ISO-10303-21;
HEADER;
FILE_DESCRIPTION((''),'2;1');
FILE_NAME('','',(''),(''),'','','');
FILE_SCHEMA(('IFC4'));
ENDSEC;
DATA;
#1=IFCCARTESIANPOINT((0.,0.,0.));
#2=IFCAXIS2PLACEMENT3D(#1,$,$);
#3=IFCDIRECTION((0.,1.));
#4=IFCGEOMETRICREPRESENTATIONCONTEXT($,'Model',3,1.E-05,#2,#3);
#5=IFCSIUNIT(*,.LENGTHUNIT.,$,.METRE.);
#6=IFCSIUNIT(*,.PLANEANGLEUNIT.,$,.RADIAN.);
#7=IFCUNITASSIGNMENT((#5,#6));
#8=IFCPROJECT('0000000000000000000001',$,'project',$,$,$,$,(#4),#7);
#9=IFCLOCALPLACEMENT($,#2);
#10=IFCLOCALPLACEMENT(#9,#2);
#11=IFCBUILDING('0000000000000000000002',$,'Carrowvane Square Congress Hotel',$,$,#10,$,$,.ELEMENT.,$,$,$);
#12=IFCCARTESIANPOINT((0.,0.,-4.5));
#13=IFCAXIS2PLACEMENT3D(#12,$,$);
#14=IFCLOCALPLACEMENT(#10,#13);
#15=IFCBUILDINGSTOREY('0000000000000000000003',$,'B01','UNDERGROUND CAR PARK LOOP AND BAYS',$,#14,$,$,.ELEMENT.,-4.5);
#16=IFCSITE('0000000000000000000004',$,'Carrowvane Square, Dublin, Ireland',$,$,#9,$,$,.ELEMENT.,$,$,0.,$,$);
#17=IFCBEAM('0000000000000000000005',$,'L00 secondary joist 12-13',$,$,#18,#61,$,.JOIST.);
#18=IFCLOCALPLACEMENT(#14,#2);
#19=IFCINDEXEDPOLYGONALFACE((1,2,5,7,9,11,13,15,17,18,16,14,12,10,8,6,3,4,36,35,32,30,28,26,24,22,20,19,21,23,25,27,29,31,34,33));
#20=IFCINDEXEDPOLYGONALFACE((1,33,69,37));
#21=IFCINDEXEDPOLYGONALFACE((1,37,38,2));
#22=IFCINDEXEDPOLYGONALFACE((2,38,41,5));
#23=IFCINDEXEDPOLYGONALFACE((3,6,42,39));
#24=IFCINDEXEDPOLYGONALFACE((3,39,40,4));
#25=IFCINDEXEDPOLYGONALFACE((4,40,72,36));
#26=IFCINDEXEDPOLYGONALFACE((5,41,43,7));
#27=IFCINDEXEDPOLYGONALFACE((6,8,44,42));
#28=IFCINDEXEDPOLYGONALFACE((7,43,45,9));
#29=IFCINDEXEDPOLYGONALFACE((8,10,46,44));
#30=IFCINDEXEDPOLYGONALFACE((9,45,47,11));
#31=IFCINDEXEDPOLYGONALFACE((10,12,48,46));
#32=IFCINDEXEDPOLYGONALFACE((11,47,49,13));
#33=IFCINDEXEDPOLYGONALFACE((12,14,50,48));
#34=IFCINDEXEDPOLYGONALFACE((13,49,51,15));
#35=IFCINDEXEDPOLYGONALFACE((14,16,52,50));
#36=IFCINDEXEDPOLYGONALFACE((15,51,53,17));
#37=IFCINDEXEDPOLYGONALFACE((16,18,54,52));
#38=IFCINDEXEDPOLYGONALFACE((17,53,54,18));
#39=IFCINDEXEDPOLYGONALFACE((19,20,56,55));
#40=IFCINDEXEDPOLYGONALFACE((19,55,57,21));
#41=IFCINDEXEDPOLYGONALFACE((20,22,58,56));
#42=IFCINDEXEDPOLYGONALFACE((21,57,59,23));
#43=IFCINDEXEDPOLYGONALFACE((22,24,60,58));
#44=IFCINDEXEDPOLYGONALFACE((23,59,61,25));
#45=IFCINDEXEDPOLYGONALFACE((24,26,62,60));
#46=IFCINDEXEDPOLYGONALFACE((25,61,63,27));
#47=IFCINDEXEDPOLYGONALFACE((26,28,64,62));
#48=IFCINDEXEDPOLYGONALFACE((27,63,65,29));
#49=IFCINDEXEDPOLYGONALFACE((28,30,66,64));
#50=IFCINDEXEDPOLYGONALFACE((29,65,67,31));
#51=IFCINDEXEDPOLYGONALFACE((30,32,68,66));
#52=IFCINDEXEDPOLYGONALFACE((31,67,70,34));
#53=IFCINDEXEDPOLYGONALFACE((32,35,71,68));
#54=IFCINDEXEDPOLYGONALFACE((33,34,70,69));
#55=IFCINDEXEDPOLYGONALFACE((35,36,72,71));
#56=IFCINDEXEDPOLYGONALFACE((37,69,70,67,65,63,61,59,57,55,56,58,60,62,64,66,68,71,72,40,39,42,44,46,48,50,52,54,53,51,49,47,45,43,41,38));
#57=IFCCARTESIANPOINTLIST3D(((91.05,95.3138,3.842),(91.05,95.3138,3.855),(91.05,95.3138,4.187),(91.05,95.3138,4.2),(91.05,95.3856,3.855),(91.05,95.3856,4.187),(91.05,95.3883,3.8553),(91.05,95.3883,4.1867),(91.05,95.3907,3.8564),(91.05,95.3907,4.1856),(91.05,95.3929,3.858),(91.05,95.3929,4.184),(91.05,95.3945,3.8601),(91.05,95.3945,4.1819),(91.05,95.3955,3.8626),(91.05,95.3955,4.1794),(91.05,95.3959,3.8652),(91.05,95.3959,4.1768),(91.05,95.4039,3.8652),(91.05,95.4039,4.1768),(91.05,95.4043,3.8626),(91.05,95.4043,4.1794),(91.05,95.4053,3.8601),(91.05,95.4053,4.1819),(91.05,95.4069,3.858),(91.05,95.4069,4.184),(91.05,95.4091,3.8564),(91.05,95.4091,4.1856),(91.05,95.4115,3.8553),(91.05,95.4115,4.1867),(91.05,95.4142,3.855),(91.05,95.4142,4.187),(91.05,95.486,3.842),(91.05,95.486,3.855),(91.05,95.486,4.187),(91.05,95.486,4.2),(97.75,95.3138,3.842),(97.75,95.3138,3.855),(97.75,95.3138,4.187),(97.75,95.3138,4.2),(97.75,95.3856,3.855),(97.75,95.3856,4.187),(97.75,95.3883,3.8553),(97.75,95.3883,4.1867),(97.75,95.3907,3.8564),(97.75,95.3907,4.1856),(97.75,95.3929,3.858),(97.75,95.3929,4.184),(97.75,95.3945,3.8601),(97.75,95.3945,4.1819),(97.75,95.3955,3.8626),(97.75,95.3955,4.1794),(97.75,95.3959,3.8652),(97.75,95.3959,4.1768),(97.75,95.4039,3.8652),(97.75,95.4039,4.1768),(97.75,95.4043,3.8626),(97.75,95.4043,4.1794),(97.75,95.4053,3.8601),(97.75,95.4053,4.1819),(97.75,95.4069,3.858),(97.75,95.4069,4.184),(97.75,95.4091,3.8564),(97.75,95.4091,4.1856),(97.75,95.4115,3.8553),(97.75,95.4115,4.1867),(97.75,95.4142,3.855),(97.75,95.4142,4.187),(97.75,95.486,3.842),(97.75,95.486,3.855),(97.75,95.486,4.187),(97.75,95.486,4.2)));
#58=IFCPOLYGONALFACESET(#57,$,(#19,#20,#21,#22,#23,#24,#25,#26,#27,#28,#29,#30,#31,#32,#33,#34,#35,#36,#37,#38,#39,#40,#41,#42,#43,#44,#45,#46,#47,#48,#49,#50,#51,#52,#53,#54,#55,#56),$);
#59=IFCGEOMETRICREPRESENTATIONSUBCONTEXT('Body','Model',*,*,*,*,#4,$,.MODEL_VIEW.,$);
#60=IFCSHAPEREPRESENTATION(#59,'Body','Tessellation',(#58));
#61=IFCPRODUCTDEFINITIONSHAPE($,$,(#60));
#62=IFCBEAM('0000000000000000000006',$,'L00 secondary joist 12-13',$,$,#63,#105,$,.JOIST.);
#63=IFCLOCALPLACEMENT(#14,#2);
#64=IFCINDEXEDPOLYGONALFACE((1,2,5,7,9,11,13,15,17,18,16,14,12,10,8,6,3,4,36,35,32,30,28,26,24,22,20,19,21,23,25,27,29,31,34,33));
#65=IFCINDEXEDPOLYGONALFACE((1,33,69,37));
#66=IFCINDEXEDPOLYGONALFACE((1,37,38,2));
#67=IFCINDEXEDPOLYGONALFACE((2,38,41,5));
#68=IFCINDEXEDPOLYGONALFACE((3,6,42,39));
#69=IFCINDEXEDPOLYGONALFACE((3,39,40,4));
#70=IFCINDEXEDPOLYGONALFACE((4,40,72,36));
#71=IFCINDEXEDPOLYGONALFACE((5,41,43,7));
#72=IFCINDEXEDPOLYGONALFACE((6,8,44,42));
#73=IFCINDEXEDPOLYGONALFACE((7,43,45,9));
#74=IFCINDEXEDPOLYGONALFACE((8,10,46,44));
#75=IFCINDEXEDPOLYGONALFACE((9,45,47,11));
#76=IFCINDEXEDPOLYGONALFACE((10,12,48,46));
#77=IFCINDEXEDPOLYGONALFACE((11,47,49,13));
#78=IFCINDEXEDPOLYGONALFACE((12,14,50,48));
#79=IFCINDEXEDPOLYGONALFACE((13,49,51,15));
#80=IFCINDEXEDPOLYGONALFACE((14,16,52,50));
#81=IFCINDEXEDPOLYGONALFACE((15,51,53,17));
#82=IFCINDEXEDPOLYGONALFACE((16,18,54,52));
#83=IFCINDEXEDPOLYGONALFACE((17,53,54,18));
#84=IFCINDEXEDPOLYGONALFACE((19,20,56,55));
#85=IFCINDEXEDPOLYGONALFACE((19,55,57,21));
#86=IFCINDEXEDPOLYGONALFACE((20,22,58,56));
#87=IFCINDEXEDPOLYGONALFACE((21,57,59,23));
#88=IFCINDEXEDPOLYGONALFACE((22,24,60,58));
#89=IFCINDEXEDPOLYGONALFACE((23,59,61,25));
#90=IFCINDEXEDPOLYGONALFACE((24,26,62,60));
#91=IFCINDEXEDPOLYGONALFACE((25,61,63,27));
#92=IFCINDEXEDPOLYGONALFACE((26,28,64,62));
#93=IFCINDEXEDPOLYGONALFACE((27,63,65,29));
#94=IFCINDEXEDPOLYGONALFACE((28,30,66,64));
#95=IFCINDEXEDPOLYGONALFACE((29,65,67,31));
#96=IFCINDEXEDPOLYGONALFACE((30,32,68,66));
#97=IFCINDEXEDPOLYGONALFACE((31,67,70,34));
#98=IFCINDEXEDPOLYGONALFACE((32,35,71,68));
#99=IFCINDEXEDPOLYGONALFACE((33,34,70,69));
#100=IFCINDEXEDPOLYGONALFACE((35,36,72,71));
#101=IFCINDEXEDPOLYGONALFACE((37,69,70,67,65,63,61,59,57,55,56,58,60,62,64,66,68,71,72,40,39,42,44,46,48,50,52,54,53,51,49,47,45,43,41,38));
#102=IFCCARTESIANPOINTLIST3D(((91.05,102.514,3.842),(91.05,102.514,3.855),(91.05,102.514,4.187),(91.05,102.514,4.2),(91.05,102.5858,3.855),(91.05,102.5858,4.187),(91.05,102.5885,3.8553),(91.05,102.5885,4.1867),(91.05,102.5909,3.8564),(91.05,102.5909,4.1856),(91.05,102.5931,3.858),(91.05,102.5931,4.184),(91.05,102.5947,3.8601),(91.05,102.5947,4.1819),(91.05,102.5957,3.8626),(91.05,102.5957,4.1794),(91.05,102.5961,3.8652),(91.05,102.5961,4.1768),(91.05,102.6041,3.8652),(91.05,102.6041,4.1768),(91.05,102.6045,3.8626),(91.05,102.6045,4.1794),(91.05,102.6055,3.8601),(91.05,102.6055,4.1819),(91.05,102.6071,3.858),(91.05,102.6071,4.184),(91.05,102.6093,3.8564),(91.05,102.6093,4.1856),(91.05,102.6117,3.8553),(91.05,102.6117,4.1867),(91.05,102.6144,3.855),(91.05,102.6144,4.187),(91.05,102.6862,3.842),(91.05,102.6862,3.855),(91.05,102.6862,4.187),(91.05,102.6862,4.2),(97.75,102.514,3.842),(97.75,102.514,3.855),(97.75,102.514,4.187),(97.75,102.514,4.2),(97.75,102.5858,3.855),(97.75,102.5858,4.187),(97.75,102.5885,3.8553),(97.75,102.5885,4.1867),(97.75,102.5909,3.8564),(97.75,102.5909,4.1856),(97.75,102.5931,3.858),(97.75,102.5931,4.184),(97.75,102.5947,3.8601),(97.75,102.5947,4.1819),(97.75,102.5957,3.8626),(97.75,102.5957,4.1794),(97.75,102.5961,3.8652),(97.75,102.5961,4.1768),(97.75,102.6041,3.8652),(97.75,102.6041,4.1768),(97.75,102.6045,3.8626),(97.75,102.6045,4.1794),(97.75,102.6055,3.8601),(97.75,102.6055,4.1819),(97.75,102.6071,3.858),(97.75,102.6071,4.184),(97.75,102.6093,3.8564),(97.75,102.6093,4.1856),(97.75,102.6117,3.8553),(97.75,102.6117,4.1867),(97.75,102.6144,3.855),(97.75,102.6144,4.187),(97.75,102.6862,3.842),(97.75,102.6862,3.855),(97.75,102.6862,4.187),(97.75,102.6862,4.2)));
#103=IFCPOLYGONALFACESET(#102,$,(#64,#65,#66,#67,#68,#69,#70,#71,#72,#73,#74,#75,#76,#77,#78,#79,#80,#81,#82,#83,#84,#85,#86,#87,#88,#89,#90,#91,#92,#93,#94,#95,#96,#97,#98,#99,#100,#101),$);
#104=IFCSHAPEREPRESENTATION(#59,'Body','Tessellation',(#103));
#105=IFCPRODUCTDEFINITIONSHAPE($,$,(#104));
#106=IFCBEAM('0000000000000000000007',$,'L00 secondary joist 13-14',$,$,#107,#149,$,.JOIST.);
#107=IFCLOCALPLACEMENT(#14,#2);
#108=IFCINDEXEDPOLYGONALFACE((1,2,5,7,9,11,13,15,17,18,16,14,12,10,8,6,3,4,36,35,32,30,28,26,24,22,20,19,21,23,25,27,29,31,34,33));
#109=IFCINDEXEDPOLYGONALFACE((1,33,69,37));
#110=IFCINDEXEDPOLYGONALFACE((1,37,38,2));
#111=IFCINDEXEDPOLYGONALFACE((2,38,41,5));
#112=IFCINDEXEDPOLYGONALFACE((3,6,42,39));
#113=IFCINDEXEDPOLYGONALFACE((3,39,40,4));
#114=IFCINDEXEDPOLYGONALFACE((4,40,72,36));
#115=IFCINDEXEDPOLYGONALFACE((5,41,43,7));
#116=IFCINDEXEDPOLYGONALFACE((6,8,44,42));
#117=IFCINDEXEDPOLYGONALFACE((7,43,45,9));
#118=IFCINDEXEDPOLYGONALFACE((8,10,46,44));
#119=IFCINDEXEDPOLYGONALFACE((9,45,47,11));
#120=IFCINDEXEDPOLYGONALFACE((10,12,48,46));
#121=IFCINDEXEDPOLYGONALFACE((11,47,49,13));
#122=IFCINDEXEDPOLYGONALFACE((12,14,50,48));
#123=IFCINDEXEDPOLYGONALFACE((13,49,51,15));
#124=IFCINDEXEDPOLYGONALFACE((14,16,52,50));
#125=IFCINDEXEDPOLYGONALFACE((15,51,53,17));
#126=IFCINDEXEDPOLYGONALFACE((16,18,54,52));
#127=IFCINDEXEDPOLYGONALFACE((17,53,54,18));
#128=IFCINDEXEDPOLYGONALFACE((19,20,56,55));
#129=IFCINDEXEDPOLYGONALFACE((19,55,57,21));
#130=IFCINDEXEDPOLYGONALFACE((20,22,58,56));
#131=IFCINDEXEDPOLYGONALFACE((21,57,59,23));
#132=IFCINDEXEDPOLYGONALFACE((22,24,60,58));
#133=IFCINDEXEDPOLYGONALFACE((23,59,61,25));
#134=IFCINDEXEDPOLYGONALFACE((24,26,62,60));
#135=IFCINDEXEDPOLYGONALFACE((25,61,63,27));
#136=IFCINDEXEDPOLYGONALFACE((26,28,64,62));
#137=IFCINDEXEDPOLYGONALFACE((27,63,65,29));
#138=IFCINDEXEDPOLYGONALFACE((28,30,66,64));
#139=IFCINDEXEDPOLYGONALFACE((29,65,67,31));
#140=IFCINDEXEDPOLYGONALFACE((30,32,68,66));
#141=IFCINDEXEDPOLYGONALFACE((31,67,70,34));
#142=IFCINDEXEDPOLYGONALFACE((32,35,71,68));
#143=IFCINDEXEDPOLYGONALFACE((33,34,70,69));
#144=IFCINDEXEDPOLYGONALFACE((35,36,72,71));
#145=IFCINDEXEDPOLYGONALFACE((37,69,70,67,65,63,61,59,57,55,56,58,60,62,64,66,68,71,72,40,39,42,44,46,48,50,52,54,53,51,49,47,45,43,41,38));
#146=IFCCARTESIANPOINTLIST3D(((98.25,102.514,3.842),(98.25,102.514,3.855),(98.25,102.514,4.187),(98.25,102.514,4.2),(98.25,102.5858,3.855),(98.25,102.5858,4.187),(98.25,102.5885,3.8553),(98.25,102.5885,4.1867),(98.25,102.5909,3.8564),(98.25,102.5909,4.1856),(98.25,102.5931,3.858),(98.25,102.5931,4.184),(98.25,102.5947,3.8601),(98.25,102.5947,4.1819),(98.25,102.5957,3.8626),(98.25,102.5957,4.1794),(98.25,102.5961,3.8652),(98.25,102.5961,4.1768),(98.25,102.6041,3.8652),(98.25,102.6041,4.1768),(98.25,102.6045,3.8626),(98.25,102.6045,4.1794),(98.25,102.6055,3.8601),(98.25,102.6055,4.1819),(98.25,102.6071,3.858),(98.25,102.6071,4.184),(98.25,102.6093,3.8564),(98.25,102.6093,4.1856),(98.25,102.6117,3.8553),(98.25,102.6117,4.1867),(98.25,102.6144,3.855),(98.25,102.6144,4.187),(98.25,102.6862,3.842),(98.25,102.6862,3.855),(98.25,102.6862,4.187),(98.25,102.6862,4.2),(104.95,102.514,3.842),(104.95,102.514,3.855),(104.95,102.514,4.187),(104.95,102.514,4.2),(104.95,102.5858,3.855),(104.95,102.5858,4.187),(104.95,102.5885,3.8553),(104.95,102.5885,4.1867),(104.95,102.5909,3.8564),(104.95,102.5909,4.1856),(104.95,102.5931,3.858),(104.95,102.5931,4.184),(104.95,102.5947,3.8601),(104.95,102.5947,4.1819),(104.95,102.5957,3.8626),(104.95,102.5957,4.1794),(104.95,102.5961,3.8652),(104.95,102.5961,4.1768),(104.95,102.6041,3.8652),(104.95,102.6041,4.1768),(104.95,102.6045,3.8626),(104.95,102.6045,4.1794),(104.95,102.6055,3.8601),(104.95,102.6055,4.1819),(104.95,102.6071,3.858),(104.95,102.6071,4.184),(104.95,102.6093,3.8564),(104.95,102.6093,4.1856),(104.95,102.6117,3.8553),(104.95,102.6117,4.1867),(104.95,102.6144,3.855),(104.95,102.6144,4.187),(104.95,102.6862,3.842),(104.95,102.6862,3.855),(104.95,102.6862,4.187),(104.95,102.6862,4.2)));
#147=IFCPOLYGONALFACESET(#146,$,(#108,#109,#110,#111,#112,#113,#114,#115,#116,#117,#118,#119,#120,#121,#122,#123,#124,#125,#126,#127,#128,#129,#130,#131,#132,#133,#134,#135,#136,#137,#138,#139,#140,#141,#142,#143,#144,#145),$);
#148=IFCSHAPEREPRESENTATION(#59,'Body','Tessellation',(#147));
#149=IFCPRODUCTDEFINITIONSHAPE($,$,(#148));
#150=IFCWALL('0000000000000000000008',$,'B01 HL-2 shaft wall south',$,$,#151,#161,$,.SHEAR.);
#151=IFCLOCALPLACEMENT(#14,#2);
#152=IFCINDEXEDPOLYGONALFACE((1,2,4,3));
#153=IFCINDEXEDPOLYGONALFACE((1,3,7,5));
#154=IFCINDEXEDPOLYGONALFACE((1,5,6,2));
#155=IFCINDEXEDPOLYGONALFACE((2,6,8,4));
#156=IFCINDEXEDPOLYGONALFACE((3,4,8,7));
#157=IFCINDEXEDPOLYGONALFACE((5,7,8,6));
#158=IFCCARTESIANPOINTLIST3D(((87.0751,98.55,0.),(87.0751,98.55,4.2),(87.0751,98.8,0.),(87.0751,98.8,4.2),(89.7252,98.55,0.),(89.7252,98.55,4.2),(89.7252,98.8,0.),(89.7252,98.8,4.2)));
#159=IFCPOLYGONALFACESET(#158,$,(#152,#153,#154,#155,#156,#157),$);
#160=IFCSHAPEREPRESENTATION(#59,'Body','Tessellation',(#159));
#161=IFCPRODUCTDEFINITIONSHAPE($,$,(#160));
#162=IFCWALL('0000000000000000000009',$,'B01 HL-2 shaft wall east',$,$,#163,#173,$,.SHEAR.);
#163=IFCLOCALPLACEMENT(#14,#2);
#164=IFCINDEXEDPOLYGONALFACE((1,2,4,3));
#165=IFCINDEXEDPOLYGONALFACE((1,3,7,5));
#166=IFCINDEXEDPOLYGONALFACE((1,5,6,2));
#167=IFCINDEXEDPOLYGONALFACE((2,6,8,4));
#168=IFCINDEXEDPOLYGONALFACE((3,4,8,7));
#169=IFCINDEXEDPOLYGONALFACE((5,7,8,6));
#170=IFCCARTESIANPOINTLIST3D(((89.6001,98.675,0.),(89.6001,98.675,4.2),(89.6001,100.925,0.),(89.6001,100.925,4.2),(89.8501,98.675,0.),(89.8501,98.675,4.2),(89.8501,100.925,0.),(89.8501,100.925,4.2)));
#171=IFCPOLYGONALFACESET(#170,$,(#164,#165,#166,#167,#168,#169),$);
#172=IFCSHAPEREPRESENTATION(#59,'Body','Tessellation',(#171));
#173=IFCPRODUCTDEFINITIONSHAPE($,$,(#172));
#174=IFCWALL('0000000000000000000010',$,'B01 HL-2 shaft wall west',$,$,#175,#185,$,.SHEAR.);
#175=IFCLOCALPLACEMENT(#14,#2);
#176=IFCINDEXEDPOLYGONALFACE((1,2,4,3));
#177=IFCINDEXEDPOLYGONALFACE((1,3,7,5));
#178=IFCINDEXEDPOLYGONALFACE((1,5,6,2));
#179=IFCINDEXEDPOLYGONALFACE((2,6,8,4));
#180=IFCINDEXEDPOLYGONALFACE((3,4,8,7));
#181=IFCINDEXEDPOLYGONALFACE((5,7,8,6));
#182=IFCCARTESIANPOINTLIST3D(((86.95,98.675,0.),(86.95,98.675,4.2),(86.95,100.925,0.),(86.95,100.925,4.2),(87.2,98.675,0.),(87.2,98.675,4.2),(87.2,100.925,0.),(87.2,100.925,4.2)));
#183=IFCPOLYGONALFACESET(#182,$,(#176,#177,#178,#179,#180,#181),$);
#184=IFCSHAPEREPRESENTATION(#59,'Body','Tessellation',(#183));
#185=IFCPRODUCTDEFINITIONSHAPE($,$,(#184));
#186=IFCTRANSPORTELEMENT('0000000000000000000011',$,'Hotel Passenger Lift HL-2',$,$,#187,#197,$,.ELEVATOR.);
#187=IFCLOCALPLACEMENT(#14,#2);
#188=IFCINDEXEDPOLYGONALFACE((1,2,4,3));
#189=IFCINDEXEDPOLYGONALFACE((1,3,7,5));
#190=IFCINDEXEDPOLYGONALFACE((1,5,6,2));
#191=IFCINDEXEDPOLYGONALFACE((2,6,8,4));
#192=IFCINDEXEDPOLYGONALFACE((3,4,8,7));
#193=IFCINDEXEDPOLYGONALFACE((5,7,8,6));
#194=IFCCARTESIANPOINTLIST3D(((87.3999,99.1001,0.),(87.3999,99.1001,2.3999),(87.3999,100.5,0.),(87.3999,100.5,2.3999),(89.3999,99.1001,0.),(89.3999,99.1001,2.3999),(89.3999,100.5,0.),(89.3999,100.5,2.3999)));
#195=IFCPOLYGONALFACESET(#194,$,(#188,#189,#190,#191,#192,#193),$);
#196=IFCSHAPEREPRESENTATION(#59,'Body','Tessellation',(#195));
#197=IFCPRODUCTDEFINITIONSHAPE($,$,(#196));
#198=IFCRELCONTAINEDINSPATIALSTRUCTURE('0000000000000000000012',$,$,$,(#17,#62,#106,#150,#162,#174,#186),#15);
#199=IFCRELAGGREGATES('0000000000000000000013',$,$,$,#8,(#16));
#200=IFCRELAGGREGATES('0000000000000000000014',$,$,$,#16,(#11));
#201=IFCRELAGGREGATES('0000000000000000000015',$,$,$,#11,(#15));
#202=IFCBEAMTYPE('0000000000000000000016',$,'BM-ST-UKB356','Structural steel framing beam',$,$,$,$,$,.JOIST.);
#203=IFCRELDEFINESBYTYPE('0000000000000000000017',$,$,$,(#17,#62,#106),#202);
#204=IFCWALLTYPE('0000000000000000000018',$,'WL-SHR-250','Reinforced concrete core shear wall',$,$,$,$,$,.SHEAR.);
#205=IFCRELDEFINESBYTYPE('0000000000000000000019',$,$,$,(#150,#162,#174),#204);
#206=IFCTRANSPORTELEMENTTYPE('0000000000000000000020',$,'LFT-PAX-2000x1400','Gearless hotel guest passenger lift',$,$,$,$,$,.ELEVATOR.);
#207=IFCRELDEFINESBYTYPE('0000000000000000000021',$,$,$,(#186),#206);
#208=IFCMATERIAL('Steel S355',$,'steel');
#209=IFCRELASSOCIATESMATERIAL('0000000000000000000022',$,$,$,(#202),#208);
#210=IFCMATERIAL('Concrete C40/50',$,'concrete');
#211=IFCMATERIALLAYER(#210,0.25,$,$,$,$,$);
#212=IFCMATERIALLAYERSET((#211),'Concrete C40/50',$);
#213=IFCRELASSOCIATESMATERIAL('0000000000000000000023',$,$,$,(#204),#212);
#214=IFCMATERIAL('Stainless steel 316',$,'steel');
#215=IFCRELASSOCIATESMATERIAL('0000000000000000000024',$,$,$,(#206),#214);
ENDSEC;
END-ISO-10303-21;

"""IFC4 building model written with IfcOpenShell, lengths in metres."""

from ifc_helpers import new_model, si_unit, direction, frame, frame_2d, origin, origin_2d, place, context, subcontext, project, spatial, rectangle, i_section, extrude, material, layer, layer_set, material_profile, profile_set, type_object, element, save


model = new_model("IFC4")

# Units and contexts
model_context = context("Model", 3, precision=1e-05, world=origin(), true_north=direction((0.0, 1.0)))
body_context = subcontext(model_context, "Body", "Model", "MODEL_VIEW")
ifc_project = project(units=[si_unit("LENGTHUNIT", "METRE"), si_unit("PLANEANGLEUNIT", "RADIAN")], contexts=[model_context])

# Site, building, storey
site_placement = place(None, origin())
site = spatial("IfcSite", under=ifc_project, at=site_placement, Name="Carrowvane Square, Dublin, Ireland", CompositionType="ELEMENT", RefElevation=0.0)
building_placement = place(site_placement, origin())
building = spatial("IfcBuilding", under=site, at=building_placement, Name="Carrowvane Square Congress Hotel", CompositionType="ELEMENT")
storey_placement = place(building_placement, frame((0.0, 0.0, -4.5)))
storey = spatial("IfcBuildingStorey", under=building, at=storey_placement, Name="B01", Description="UNDERGROUND CAR PARK LOOP AND BAYS", CompositionType="ELEMENT", Elevation=-4.5)

# Beams
ifc_material_1 = material(Name="Steel S355", Category="steel")
ifc_material_profile_1 = material_profile(ifc_material_1, i_section(OverallWidth=0.1721, OverallDepth=0.3579, WebThickness=0.0081, FlangeThickness=0.0129, FilletRadius=0.0103, at=origin_2d()), Name="UKB 356x171x57")
ifc_profile_set_1 = profile_set([ifc_material_profile_1], Name="Steel S355")
beam_type_1 = type_object("IfcBeamType", Name="BM-ST-UKB356", Description="Structural steel framing beam", PredefinedType="JOIST", material=ifc_profile_set_1)
for number, where, z_axis, x_axis, name in (
    (1, (91.05, 95.3999, 4.021), (1.0, 0.0, 0.0), (0.0, 1.0, 0.0), "L00 secondary joist 12-13"),
    (2, (91.05, 102.6001, 4.021), (1.0, 0.0, 0.0), (0.0, 1.0, 0.0), "L00 secondary joist 12-13"),
    (3, (98.25, 102.6001, 4.021), (1.0, 0.0, 0.0), (0.0, 1.0, 0.0), "L00 secondary joist 13-14"),
):
    element("IfcBeam", number, at=place(storey_placement, frame(where, z_axis=z_axis, x_axis=x_axis)), inside=storey, type_object=beam_type_1, Name=name, PredefinedType="JOIST", context=body_context, shape_type="SweptSolid", body=[
        extrude(i_section(OverallWidth=0.1721, OverallDepth=0.3579, WebThickness=0.0081, FlangeThickness=0.0129, FilletRadius=0.0103, at=origin_2d()), origin(), (0.0, 0.0, 1.0), 6.7),
    ])

# Walls
ifc_material_2 = material(Name="Concrete C40/50", Category="concrete")
ifc_layer = layer(ifc_material_2, 0.25)
ifc_layer_set = layer_set([ifc_layer], Name="Concrete C40/50")
wall_type = type_object("IfcWallType", Name="WL-SHR-250", Description="Reinforced concrete core shear wall", PredefinedType="SHEAR", material=ifc_layer_set)
wall_1_placement = place(storey_placement, frame((87.075, 98.675, 0.0), z_axis=(0.0, 0.0, 1.0), x_axis=(1.0, 0.0, 0.0)))
element("IfcWall", 4, at=wall_1_placement, inside=storey, type_object=wall_type, Name="B01 HL-2 shaft wall south", PredefinedType="SHEAR", context=body_context, shape_type="SweptSolid", body=[
    extrude(rectangle(XDim=2.6501, YDim=0.25, at=frame_2d((1.3252, 0.0))), origin(), (0.0, 0.0, 1.0), 4.2),
])
wall_2_placement = place(storey_placement, frame((89.7251, 98.675, 0.0), z_axis=(0.0, 0.0, 1.0), x_axis=(0.0, 1.0, 0.0)))
element("IfcWall", 5, at=wall_2_placement, inside=storey, type_object=wall_type, Name="B01 HL-2 shaft wall east", PredefinedType="SHEAR", context=body_context, shape_type="SweptSolid", body=[
    extrude(rectangle(XDim=2.25, YDim=0.25, at=frame_2d((1.125, 0.0))), origin(), (0.0, 0.0, 1.0), 4.2),
])

# Wall
wall_3_placement = place(storey_placement, frame((87.075, 100.925, 0.0), z_axis=(0.0, 0.0, 1.0), x_axis=(0.0, -1.0, 0.0)))
element("IfcWall", 6, at=wall_3_placement, inside=storey, type_object=wall_type, Name="B01 HL-2 shaft wall west", PredefinedType="SHEAR", context=body_context, shape_type="SweptSolid", body=[
    extrude(rectangle(XDim=2.25, YDim=0.25, at=frame_2d((1.125, 0.0))), origin(), (0.0, 0.0, 1.0), 4.2),
])

# Transport element
ifc_material_3 = material(Name="Stainless steel 316", Category="steel")
transport_element_type = type_object("IfcTransportElementType", Name="LFT-PAX-2000x1400", Description="Gearless hotel guest passenger lift", PredefinedType="ELEVATOR", material=ifc_material_3)
transport_element_placement = place(storey_placement, frame((88.3999, 99.8, 0.0), z_axis=(0.0, 0.0, 1.0), x_axis=(1.0, 0.0, 0.0)))
element("IfcTransportElement", 7, at=transport_element_placement, inside=storey, type_object=transport_element_type, Name="Hotel Passenger Lift HL-2", PredefinedType="ELEVATOR", context=body_context, shape_type="SweptSolid", body=[
    extrude(rectangle(XDim=2.0, YDim=1.3999, at=origin_2d()), origin(), (0.0, 0.0, 1.0), 2.3999),
])

save(model, "model.ifc")
